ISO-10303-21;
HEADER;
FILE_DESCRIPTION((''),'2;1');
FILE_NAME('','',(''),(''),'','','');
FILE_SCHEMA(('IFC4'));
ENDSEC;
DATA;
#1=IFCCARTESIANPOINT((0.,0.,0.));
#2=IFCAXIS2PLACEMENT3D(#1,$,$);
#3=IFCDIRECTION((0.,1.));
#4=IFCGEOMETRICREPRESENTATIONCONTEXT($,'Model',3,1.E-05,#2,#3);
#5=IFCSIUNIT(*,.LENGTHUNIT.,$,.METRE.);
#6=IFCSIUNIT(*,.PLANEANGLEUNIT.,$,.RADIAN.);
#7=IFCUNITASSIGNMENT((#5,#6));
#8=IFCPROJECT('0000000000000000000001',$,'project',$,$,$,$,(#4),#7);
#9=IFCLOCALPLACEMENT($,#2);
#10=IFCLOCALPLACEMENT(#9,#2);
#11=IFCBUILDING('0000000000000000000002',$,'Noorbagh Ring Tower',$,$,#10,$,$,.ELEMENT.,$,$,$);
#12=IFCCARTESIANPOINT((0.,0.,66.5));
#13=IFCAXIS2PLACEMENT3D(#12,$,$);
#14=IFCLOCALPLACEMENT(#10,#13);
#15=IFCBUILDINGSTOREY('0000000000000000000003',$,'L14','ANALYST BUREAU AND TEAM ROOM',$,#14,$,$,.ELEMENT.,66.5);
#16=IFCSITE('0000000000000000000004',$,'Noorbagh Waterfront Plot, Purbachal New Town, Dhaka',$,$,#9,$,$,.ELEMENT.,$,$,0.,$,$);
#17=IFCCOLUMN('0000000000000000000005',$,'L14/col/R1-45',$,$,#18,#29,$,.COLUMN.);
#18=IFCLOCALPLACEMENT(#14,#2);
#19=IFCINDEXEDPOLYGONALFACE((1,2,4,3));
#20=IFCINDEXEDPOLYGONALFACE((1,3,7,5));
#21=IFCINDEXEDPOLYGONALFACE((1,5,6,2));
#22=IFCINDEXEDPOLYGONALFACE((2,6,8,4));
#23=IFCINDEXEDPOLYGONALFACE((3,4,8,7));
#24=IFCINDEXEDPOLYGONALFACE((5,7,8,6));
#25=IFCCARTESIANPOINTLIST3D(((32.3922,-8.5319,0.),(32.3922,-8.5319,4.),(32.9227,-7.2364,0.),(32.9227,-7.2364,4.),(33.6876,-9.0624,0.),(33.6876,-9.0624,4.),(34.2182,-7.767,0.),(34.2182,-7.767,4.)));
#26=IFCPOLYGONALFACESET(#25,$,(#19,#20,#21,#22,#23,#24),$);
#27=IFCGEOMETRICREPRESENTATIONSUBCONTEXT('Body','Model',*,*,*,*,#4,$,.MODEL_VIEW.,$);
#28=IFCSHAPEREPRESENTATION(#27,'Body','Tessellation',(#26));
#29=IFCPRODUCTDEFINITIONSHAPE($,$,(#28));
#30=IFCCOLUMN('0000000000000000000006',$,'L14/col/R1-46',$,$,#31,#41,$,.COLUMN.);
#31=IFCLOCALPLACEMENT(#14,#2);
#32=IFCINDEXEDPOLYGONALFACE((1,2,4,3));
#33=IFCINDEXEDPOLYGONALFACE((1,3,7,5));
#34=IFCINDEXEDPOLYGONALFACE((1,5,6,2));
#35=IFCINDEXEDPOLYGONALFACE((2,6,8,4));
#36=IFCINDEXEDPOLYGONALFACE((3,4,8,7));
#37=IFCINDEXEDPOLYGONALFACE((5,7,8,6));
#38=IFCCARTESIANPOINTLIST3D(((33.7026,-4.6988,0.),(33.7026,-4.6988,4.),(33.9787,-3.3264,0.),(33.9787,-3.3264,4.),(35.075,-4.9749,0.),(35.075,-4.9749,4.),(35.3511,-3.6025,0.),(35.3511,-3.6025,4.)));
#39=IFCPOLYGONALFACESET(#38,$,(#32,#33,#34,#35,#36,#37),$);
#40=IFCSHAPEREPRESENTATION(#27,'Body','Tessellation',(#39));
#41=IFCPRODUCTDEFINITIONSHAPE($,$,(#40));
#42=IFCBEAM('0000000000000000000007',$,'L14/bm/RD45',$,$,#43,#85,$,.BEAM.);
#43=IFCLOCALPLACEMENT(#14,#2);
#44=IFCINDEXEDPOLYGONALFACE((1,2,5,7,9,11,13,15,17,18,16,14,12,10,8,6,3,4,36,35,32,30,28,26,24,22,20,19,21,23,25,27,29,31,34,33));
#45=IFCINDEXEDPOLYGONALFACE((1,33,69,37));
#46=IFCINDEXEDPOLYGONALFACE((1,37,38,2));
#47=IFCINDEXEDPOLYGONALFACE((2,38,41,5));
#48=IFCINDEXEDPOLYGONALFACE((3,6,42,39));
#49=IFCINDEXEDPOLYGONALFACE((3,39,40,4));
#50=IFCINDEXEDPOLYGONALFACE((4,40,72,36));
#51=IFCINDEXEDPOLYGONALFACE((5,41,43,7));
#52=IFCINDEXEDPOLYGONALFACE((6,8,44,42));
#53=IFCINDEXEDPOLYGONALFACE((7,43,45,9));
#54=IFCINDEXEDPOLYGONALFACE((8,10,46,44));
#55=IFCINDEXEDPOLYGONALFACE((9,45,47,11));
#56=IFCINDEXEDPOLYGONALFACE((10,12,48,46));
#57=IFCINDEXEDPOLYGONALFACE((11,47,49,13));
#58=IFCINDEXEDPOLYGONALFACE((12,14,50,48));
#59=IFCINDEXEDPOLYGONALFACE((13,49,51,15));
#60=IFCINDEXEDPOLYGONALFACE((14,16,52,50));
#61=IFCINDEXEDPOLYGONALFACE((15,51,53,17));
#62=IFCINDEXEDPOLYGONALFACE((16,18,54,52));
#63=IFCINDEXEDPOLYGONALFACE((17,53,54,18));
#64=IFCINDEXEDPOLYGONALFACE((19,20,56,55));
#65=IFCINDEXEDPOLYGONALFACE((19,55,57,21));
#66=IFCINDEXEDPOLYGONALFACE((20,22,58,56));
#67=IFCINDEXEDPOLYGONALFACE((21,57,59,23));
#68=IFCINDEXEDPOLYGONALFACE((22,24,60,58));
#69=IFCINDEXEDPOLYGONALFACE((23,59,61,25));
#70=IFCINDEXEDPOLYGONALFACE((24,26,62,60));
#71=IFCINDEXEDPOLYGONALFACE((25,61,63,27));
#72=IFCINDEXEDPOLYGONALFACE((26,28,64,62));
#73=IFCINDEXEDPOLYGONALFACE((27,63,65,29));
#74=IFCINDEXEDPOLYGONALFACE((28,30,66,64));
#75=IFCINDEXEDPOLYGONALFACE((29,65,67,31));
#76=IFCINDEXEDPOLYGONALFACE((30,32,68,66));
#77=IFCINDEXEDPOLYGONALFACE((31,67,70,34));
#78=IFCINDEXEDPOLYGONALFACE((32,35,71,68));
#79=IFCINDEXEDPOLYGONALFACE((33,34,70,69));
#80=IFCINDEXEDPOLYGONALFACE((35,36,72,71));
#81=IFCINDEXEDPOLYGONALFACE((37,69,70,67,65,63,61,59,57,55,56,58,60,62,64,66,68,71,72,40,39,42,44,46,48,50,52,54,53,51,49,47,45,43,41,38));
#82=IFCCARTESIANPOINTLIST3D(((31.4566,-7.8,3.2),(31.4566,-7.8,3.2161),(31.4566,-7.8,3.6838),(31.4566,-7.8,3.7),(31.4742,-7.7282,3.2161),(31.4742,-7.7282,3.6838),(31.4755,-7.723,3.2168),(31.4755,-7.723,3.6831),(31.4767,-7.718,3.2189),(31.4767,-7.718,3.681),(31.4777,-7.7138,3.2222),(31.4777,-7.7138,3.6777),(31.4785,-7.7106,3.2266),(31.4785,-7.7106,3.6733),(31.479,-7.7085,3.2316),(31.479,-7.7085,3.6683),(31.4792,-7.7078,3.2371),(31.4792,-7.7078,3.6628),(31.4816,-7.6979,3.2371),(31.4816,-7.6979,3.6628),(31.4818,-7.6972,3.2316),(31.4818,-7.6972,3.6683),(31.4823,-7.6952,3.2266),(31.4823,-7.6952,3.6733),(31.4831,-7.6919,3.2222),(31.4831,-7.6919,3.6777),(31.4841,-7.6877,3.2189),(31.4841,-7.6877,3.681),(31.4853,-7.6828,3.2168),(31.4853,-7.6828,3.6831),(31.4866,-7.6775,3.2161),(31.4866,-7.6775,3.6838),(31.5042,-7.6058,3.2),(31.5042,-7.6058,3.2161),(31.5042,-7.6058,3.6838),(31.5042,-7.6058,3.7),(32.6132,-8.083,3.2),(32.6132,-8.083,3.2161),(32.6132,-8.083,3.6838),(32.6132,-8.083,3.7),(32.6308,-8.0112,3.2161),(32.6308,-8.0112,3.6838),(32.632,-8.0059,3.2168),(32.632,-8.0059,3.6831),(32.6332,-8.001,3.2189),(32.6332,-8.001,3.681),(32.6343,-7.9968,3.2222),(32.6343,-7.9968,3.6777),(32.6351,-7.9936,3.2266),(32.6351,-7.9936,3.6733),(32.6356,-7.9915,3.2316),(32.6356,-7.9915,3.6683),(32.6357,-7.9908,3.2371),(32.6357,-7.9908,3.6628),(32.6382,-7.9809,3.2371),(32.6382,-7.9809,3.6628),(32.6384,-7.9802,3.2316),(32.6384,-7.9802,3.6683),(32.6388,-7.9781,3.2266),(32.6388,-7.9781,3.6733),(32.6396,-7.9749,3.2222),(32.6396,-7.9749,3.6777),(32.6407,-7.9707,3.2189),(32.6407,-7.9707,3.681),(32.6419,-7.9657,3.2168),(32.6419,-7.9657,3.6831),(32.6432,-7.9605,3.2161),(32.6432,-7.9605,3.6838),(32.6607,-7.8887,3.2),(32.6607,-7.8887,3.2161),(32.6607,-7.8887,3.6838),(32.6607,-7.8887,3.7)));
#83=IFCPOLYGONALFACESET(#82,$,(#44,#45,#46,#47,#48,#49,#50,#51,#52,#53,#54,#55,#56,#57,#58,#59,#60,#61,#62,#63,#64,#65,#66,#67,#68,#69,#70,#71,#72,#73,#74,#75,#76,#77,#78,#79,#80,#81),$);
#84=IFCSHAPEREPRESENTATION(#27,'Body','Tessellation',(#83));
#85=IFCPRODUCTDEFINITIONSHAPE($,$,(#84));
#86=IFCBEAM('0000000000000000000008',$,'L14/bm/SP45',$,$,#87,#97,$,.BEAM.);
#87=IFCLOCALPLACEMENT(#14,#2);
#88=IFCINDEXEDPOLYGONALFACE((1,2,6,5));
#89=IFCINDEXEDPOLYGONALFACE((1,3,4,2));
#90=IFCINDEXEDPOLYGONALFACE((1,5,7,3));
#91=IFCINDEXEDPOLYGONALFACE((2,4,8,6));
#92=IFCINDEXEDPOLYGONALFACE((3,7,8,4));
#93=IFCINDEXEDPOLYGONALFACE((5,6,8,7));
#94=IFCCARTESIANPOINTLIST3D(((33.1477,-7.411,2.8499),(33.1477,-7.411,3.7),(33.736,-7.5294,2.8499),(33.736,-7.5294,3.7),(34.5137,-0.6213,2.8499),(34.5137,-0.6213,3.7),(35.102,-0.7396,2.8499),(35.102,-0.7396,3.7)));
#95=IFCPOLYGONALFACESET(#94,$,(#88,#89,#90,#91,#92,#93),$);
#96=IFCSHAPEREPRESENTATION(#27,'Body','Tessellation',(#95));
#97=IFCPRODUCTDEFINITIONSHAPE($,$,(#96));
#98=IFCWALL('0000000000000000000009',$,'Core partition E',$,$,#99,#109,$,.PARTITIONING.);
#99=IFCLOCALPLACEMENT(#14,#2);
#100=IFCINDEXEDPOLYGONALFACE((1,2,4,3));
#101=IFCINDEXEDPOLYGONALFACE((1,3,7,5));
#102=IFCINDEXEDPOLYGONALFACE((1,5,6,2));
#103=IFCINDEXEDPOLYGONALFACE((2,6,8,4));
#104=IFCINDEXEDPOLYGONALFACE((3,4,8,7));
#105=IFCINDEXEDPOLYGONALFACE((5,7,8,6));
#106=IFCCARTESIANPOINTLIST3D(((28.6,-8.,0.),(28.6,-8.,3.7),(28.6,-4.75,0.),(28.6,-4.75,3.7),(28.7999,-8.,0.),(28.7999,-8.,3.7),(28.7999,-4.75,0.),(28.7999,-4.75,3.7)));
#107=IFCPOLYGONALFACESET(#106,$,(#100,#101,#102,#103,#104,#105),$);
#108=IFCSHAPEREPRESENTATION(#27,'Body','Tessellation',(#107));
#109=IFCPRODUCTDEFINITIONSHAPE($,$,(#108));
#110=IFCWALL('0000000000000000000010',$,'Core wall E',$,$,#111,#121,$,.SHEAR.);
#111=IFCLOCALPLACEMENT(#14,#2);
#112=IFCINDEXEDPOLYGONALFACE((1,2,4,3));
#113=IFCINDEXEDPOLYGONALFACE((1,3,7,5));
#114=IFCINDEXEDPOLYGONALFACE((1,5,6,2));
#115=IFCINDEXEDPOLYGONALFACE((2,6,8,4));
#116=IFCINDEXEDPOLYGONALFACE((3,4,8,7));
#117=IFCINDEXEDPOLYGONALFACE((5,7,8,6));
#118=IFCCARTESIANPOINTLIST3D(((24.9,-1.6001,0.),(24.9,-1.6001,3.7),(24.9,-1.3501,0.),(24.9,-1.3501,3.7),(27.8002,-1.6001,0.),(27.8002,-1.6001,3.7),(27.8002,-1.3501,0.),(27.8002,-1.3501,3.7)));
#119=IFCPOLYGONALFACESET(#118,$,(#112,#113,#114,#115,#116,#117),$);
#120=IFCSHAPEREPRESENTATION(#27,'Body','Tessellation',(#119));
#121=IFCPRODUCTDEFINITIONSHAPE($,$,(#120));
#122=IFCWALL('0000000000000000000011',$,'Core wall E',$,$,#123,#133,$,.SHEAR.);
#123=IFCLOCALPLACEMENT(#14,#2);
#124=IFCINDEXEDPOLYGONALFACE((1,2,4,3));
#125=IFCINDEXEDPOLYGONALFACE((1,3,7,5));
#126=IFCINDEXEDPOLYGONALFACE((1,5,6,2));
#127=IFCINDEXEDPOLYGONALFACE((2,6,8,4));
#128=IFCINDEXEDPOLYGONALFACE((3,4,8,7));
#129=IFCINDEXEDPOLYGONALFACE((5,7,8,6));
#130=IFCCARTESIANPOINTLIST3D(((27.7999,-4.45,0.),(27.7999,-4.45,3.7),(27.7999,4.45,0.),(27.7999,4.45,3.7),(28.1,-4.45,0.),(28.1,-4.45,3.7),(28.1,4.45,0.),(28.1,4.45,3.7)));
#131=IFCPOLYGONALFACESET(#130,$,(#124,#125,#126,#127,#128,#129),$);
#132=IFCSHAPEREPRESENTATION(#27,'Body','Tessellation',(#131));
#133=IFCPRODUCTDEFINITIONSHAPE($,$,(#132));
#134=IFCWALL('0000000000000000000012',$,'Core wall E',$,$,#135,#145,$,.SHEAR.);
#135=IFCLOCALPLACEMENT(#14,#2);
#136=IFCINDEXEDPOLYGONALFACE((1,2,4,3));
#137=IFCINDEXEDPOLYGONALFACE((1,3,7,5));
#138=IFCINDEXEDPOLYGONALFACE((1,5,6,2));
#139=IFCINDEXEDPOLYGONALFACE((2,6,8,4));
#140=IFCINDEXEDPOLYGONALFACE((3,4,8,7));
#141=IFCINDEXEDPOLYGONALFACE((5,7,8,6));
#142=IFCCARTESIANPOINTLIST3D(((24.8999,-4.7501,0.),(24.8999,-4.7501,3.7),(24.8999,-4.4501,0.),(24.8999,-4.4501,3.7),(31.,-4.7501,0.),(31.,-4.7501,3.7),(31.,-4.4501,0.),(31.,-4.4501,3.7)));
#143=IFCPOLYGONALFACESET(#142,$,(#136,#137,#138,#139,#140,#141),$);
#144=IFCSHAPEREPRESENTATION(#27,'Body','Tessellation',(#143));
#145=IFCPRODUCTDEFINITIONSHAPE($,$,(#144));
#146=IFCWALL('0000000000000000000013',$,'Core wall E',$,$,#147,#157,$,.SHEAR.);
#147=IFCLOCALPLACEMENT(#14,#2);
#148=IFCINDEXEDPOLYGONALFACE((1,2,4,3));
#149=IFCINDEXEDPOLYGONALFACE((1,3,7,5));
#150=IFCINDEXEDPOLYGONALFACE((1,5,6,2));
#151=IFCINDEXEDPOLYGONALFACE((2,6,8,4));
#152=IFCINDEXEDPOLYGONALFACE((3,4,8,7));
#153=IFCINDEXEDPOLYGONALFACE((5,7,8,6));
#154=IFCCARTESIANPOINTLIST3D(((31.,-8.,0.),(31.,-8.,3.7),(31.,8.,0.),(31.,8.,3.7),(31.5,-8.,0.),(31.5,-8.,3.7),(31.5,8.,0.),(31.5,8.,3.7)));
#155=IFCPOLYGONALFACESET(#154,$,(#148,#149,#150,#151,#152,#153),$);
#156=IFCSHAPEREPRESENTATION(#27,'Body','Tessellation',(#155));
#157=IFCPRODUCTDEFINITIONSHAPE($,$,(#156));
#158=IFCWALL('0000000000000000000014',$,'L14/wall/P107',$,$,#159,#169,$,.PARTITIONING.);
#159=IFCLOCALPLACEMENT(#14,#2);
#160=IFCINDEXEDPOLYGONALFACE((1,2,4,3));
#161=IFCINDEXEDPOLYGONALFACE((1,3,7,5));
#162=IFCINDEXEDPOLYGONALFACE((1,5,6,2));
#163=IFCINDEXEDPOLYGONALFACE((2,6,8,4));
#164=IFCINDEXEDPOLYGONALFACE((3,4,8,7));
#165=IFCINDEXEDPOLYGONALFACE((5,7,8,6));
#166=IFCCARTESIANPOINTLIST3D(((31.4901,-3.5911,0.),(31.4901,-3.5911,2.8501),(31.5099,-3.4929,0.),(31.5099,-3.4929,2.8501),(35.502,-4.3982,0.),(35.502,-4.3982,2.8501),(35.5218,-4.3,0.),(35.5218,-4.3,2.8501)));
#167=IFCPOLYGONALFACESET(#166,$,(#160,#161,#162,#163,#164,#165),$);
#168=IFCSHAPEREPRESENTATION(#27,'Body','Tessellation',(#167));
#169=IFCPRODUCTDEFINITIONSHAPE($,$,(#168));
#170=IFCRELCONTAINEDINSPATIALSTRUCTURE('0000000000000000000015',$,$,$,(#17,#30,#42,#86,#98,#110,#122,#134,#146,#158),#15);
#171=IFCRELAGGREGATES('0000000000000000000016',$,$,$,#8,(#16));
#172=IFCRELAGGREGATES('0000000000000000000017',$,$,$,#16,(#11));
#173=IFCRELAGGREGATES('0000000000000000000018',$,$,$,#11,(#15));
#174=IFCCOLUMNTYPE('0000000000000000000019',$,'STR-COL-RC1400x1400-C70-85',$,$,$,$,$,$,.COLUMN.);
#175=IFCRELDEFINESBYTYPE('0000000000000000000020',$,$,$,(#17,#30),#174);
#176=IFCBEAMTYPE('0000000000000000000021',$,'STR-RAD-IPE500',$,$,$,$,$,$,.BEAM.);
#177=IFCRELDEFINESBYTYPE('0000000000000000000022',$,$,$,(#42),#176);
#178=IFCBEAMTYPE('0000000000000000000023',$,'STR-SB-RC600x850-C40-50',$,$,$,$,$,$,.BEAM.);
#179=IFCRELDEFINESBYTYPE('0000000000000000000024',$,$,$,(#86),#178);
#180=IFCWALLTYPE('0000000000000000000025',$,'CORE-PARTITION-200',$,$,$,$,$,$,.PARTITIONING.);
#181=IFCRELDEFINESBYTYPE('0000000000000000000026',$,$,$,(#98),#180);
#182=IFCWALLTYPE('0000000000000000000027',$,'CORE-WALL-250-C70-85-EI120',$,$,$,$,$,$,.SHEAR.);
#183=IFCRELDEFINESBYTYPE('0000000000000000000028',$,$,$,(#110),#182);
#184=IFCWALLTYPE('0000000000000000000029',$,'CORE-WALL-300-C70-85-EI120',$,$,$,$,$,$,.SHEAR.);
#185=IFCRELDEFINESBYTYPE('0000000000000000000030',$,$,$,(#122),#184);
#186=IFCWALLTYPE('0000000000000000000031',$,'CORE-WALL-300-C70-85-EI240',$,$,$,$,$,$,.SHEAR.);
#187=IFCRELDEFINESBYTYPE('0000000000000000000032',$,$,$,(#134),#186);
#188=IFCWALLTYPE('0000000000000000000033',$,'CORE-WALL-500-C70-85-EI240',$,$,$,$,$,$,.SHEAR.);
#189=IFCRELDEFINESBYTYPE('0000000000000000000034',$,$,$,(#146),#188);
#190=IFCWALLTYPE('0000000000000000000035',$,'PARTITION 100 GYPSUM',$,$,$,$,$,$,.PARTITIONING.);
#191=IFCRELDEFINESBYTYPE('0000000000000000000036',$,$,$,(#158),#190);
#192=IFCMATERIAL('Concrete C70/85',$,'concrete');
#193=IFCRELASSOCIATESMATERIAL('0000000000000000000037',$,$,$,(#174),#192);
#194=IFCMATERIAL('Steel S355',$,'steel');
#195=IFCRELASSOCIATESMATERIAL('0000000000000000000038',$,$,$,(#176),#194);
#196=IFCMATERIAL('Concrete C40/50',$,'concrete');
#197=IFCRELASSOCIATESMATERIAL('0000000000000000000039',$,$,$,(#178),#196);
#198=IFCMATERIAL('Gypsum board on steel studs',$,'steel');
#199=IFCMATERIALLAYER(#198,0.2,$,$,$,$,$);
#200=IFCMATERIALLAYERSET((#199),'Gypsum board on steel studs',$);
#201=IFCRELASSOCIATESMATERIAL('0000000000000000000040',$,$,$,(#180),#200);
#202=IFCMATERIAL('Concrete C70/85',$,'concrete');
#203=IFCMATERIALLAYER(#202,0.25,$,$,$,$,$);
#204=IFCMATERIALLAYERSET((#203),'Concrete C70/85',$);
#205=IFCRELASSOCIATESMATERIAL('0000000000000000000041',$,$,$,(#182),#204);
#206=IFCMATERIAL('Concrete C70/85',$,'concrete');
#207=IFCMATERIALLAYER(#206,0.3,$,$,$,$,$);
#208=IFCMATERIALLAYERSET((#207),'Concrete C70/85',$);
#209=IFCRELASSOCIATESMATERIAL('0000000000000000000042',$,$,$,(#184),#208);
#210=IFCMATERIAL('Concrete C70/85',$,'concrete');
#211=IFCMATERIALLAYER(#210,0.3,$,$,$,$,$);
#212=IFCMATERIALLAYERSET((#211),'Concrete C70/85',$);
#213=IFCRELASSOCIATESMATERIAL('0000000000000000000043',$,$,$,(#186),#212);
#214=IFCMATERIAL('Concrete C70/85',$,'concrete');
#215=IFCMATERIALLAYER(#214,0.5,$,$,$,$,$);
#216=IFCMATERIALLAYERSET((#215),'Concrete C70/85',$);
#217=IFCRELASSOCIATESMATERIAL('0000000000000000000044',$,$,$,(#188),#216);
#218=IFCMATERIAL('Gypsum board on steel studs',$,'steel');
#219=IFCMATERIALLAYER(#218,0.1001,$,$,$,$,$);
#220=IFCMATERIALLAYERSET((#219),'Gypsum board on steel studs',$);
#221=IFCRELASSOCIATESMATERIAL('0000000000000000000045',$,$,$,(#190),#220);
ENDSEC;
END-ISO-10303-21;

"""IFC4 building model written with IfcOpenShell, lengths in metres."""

from ifc_helpers import new_model, si_unit, direction, frame, frame_2d, origin, origin_2d, place, context, subcontext, project, spatial, rectangle, i_section, extrude, material, layer, layer_set, material_profile, profile_set, type_object, element, save


model = new_model("IFC4")

# Units and contexts
model_context = context("Model", 3, precision=1e-05, world=origin(), true_north=direction((0.0, 1.0)))
body_context = subcontext(model_context, "Body", "Model", "MODEL_VIEW")
ifc_project = project(units=[si_unit("LENGTHUNIT", "METRE"), si_unit("PLANEANGLEUNIT", "RADIAN")], contexts=[model_context])

# Site, building, storey
site_placement = place(None, origin())
site = spatial("IfcSite", under=ifc_project, at=site_placement, Name="Noorbagh Waterfront Plot, Purbachal New Town, Dhaka", CompositionType="ELEMENT", RefElevation=0.0)
building_placement = place(site_placement, origin())
building = spatial("IfcBuilding", under=site, at=building_placement, Name="Noorbagh Ring Tower", CompositionType="ELEMENT")
storey_placement = place(building_placement, frame((0.0, 0.0, 66.5)))
storey = spatial("IfcBuildingStorey", under=building, at=storey_placement, Name="L14", Description="ANALYST BUREAU AND TEAM ROOM", CompositionType="ELEMENT", Elevation=66.5)

# Columns
ifc_material_1 = material(Name="Concrete C70/85", Category="concrete")
ifc_material_profile_1 = material_profile(ifc_material_1, rectangle(XDim=1.3999, YDim=1.3999, at=origin_2d()), Name="RC1400x1400")
ifc_profile_set_1 = profile_set([ifc_material_profile_1], Name="Concrete C70/85")
column_type = type_object("IfcColumnType", Name="STR-COL-RC1400x1400-C70-85", PredefinedType="COLUMN", material=ifc_profile_set_1)
for number, where, z_axis, x_axis, name in (
    (1, (33.3052, -8.1494, 0.0), (0.0, 0.0, 1.0), (0.378989, 0.925401, 0.0), "L14/col/R1-45"),
    (2, (34.5269, -4.1506, 0.0), (0.0, 0.0, 1.0), (0.19723, 0.980357, 0.0), "L14/col/R1-46"),
):
    element("IfcColumn", number, at=place(storey_placement, frame(where, z_axis=z_axis, x_axis=x_axis)), inside=storey, type_object=column_type, Name=name, PredefinedType="COLUMN", context=body_context, shape_type="SweptSolid", body=[
        extrude(rectangle(XDim=1.3999, YDim=1.3999, at=origin_2d()), origin(), (0.0, 0.0, 1.0), 4.0),
    ])

# Beams
ifc_material_2 = material(Name="Steel S355", Category="steel")
ifc_material_profile_2 = material_profile(ifc_material_2, i_section(OverallWidth=0.2, OverallDepth=0.5, WebThickness=0.0103, FlangeThickness=0.0161, FilletRadius=0.021, at=origin_2d()), Name="IPE500")
ifc_profile_set_2 = profile_set([ifc_material_profile_2], Name="Steel S355")
beam_type_1 = type_object("IfcBeamType", Name="STR-RAD-IPE500", PredefinedType="BEAM", material=ifc_profile_set_2)
beam_1_placement = place(storey_placement, frame((32.637, -7.9858, 3.45), z_axis=(-0.971349, 0.237659, 0.0), x_axis=(-0.237659, -0.971349, 0.0)))
element("IfcBeam", 3, at=beam_1_placement, inside=storey, type_object=beam_type_1, Name="L14/bm/RD45", PredefinedType="BEAM", context=body_context, shape_type="SweptSolid", body=[
    extrude(i_section(OverallWidth=0.2, OverallDepth=0.5, WebThickness=0.0103, FlangeThickness=0.0161, FilletRadius=0.021, at=origin_2d()), origin(), (0.0, 0.0, 1.0), 1.1907),
])
ifc_material_3 = material(Name="Concrete C40/50", Category="concrete")
ifc_material_profile_3 = material_profile(ifc_material_3, rectangle(XDim=0.6001, YDim=0.8501, at=origin_2d()), Name="RC600x850")
ifc_profile_set_3 = profile_set([ifc_material_profile_3], Name="Concrete C40/50")
beam_type_2 = type_object("IfcBeamType", Name="STR-SB-RC600x850-C40-50", PredefinedType="BEAM", material=ifc_profile_set_3)
beam_2_placement = place(storey_placement, frame((33.4419, -7.4702, 3.2749), z_axis=(0.197228, 0.980358, 0.0), x_axis=(-0.980358, 0.197228, 0.0)))
element("IfcBeam", 4, at=beam_2_placement, inside=storey, type_object=beam_type_2, Name="L14/bm/SP45", PredefinedType="BEAM", context=body_context, shape_type="SweptSolid", body=[
    extrude(rectangle(XDim=0.6001, YDim=0.8501, at=origin_2d()), origin(), (0.0, 0.0, 1.0), 6.9258),
])

# Walls
ifc_material_4 = material(Name="Gypsum board on steel studs", Category="steel")
ifc_layer_1 = layer(ifc_material_4, 0.2)
ifc_layer_set_1 = layer_set([ifc_layer_1], Name="Gypsum board on steel studs")
wall_type_1 = type_object("IfcWallType", Name="CORE-PARTITION-200", PredefinedType="PARTITIONING", material=ifc_layer_set_1)
wall_1_placement = place(storey_placement, frame((28.7, -8.0, 0.0), z_axis=(0.0, 0.0, 1.0), x_axis=(0.0, 1.0, 0.0)))
element("IfcWall", 5, at=wall_1_placement, inside=storey, type_object=wall_type_1, Name="Core partition E", PredefinedType="PARTITIONING", context=body_context, shape_type="SweptSolid", body=[
    extrude(rectangle(XDim=3.25, YDim=0.2, at=frame_2d((1.625, 0.0))), origin(), (0.0, 0.0, 1.0), 3.7),
])
ifc_material_5 = material(Name="Concrete C70/85", Category="concrete")
ifc_layer_2 = layer(ifc_material_5, 0.25)
ifc_layer_set_2 = layer_set([ifc_layer_2], Name="Concrete C70/85")
wall_type_2 = type_object("IfcWallType", Name="CORE-WALL-250-C70-85-EI120", PredefinedType="SHEAR", material=ifc_layer_set_2)
wall_2_placement = place(storey_placement, frame((24.8999, -1.4751, 0.0), z_axis=(0.0, 0.0, 1.0), x_axis=(1.0, 0.0, 0.0)))
element("IfcWall", 6, at=wall_2_placement, inside=storey, type_object=wall_type_2, Name="Core wall E", PredefinedType="SHEAR", context=body_context, shape_type="SweptSolid", body=[
    extrude(rectangle(XDim=2.9001, YDim=0.25, at=frame_2d((1.4502, 0.0))), origin(), (0.0, 0.0, 1.0), 3.7),
])
ifc_material_6 = material(Name="Concrete C70/85", Category="concrete")
ifc_layer_3 = layer(ifc_material_6, 0.3)
ifc_layer_set_3 = layer_set([ifc_layer_3], Name="Concrete C70/85")
wall_type_3 = type_object("IfcWallType", Name="CORE-WALL-300-C70-85-EI120", PredefinedType="SHEAR", material=ifc_layer_set_3)
wall_3_placement = place(storey_placement, frame((27.95, -4.45, 0.0), z_axis=(0.0, 0.0, 1.0), x_axis=(0.0, 1.0, 0.0)))
element("IfcWall", 7, at=wall_3_placement, inside=storey, type_object=wall_type_3, Name="Core wall E", PredefinedType="SHEAR", context=body_context, shape_type="SweptSolid", body=[
    extrude(rectangle(XDim=8.8999, YDim=0.3, at=frame_2d((4.45, 0.0))), origin(), (0.0, 0.0, 1.0), 3.7),
])
ifc_material_7 = material(Name="Concrete C70/85", Category="concrete")
ifc_layer_4 = layer(ifc_material_7, 0.3)
ifc_layer_set_4 = layer_set([ifc_layer_4], Name="Concrete C70/85")
wall_type_4 = type_object("IfcWallType", Name="CORE-WALL-300-C70-85-EI240", PredefinedType="SHEAR", material=ifc_layer_set_4)
wall_4_placement = place(storey_placement, frame((24.8999, -4.6001, 0.0), z_axis=(0.0, 0.0, 1.0), x_axis=(1.0, 0.0, 0.0)))
element("IfcWall", 8, at=wall_4_placement, inside=storey, type_object=wall_type_4, Name="Core wall E", PredefinedType="SHEAR", context=body_context, shape_type="SweptSolid", body=[
    extrude(rectangle(XDim=6.1001, YDim=0.3, at=frame_2d((3.05, 0.0))), origin(), (0.0, 0.0, 1.0), 3.7),
])
ifc_material_8 = material(Name="Concrete C70/85", Category="concrete")
ifc_layer_5 = layer(ifc_material_8, 0.5)
ifc_layer_set_5 = layer_set([ifc_layer_5], Name="Concrete C70/85")
wall_type_5 = type_object("IfcWallType", Name="CORE-WALL-500-C70-85-EI240", PredefinedType="SHEAR", material=ifc_layer_set_5)
wall_5_placement = place(storey_placement, frame((31.25, -8.0, 0.0), z_axis=(0.0, 0.0, 1.0), x_axis=(0.0, 1.0, 0.0)))
element("IfcWall", 9, at=wall_5_placement, inside=storey, type_object=wall_type_5, Name="Core wall E", PredefinedType="SHEAR", context=body_context, shape_type="SweptSolid", body=[
    extrude(rectangle(XDim=16.0, YDim=0.5, at=frame_2d((8.0, 0.0))), origin(), (0.0, 0.0, 1.0), 3.7),
])
ifc_material_9 = material(Name="Gypsum board on steel studs", Category="steel")
ifc_layer_6 = layer(ifc_material_9, 0.1001)
ifc_layer_set_6 = layer_set([ifc_layer_6], Name="Gypsum board on steel studs")
wall_type_6 = type_object("IfcWallType", Name="PARTITION 100 GYPSUM", PredefinedType="PARTITIONING", material=ifc_layer_set_6)
wall_6_placement = place(storey_placement, frame((31.5, -3.542, 0.0), z_axis=(0.0, 0.0, 1.0), x_axis=(0.980357, -0.197229, 0.0)))
element("IfcWall", 10, at=wall_6_placement, inside=storey, type_object=wall_type_6, Name="L14/wall/P107", PredefinedType="PARTITIONING", context=body_context, shape_type="SweptSolid", body=[
    extrude(rectangle(XDim=4.0923, YDim=0.1001, at=frame_2d((2.0461, 0.0))), origin(), (0.0, 0.0, 1.0), 2.8501),
])

save(model, "model.ifc")
